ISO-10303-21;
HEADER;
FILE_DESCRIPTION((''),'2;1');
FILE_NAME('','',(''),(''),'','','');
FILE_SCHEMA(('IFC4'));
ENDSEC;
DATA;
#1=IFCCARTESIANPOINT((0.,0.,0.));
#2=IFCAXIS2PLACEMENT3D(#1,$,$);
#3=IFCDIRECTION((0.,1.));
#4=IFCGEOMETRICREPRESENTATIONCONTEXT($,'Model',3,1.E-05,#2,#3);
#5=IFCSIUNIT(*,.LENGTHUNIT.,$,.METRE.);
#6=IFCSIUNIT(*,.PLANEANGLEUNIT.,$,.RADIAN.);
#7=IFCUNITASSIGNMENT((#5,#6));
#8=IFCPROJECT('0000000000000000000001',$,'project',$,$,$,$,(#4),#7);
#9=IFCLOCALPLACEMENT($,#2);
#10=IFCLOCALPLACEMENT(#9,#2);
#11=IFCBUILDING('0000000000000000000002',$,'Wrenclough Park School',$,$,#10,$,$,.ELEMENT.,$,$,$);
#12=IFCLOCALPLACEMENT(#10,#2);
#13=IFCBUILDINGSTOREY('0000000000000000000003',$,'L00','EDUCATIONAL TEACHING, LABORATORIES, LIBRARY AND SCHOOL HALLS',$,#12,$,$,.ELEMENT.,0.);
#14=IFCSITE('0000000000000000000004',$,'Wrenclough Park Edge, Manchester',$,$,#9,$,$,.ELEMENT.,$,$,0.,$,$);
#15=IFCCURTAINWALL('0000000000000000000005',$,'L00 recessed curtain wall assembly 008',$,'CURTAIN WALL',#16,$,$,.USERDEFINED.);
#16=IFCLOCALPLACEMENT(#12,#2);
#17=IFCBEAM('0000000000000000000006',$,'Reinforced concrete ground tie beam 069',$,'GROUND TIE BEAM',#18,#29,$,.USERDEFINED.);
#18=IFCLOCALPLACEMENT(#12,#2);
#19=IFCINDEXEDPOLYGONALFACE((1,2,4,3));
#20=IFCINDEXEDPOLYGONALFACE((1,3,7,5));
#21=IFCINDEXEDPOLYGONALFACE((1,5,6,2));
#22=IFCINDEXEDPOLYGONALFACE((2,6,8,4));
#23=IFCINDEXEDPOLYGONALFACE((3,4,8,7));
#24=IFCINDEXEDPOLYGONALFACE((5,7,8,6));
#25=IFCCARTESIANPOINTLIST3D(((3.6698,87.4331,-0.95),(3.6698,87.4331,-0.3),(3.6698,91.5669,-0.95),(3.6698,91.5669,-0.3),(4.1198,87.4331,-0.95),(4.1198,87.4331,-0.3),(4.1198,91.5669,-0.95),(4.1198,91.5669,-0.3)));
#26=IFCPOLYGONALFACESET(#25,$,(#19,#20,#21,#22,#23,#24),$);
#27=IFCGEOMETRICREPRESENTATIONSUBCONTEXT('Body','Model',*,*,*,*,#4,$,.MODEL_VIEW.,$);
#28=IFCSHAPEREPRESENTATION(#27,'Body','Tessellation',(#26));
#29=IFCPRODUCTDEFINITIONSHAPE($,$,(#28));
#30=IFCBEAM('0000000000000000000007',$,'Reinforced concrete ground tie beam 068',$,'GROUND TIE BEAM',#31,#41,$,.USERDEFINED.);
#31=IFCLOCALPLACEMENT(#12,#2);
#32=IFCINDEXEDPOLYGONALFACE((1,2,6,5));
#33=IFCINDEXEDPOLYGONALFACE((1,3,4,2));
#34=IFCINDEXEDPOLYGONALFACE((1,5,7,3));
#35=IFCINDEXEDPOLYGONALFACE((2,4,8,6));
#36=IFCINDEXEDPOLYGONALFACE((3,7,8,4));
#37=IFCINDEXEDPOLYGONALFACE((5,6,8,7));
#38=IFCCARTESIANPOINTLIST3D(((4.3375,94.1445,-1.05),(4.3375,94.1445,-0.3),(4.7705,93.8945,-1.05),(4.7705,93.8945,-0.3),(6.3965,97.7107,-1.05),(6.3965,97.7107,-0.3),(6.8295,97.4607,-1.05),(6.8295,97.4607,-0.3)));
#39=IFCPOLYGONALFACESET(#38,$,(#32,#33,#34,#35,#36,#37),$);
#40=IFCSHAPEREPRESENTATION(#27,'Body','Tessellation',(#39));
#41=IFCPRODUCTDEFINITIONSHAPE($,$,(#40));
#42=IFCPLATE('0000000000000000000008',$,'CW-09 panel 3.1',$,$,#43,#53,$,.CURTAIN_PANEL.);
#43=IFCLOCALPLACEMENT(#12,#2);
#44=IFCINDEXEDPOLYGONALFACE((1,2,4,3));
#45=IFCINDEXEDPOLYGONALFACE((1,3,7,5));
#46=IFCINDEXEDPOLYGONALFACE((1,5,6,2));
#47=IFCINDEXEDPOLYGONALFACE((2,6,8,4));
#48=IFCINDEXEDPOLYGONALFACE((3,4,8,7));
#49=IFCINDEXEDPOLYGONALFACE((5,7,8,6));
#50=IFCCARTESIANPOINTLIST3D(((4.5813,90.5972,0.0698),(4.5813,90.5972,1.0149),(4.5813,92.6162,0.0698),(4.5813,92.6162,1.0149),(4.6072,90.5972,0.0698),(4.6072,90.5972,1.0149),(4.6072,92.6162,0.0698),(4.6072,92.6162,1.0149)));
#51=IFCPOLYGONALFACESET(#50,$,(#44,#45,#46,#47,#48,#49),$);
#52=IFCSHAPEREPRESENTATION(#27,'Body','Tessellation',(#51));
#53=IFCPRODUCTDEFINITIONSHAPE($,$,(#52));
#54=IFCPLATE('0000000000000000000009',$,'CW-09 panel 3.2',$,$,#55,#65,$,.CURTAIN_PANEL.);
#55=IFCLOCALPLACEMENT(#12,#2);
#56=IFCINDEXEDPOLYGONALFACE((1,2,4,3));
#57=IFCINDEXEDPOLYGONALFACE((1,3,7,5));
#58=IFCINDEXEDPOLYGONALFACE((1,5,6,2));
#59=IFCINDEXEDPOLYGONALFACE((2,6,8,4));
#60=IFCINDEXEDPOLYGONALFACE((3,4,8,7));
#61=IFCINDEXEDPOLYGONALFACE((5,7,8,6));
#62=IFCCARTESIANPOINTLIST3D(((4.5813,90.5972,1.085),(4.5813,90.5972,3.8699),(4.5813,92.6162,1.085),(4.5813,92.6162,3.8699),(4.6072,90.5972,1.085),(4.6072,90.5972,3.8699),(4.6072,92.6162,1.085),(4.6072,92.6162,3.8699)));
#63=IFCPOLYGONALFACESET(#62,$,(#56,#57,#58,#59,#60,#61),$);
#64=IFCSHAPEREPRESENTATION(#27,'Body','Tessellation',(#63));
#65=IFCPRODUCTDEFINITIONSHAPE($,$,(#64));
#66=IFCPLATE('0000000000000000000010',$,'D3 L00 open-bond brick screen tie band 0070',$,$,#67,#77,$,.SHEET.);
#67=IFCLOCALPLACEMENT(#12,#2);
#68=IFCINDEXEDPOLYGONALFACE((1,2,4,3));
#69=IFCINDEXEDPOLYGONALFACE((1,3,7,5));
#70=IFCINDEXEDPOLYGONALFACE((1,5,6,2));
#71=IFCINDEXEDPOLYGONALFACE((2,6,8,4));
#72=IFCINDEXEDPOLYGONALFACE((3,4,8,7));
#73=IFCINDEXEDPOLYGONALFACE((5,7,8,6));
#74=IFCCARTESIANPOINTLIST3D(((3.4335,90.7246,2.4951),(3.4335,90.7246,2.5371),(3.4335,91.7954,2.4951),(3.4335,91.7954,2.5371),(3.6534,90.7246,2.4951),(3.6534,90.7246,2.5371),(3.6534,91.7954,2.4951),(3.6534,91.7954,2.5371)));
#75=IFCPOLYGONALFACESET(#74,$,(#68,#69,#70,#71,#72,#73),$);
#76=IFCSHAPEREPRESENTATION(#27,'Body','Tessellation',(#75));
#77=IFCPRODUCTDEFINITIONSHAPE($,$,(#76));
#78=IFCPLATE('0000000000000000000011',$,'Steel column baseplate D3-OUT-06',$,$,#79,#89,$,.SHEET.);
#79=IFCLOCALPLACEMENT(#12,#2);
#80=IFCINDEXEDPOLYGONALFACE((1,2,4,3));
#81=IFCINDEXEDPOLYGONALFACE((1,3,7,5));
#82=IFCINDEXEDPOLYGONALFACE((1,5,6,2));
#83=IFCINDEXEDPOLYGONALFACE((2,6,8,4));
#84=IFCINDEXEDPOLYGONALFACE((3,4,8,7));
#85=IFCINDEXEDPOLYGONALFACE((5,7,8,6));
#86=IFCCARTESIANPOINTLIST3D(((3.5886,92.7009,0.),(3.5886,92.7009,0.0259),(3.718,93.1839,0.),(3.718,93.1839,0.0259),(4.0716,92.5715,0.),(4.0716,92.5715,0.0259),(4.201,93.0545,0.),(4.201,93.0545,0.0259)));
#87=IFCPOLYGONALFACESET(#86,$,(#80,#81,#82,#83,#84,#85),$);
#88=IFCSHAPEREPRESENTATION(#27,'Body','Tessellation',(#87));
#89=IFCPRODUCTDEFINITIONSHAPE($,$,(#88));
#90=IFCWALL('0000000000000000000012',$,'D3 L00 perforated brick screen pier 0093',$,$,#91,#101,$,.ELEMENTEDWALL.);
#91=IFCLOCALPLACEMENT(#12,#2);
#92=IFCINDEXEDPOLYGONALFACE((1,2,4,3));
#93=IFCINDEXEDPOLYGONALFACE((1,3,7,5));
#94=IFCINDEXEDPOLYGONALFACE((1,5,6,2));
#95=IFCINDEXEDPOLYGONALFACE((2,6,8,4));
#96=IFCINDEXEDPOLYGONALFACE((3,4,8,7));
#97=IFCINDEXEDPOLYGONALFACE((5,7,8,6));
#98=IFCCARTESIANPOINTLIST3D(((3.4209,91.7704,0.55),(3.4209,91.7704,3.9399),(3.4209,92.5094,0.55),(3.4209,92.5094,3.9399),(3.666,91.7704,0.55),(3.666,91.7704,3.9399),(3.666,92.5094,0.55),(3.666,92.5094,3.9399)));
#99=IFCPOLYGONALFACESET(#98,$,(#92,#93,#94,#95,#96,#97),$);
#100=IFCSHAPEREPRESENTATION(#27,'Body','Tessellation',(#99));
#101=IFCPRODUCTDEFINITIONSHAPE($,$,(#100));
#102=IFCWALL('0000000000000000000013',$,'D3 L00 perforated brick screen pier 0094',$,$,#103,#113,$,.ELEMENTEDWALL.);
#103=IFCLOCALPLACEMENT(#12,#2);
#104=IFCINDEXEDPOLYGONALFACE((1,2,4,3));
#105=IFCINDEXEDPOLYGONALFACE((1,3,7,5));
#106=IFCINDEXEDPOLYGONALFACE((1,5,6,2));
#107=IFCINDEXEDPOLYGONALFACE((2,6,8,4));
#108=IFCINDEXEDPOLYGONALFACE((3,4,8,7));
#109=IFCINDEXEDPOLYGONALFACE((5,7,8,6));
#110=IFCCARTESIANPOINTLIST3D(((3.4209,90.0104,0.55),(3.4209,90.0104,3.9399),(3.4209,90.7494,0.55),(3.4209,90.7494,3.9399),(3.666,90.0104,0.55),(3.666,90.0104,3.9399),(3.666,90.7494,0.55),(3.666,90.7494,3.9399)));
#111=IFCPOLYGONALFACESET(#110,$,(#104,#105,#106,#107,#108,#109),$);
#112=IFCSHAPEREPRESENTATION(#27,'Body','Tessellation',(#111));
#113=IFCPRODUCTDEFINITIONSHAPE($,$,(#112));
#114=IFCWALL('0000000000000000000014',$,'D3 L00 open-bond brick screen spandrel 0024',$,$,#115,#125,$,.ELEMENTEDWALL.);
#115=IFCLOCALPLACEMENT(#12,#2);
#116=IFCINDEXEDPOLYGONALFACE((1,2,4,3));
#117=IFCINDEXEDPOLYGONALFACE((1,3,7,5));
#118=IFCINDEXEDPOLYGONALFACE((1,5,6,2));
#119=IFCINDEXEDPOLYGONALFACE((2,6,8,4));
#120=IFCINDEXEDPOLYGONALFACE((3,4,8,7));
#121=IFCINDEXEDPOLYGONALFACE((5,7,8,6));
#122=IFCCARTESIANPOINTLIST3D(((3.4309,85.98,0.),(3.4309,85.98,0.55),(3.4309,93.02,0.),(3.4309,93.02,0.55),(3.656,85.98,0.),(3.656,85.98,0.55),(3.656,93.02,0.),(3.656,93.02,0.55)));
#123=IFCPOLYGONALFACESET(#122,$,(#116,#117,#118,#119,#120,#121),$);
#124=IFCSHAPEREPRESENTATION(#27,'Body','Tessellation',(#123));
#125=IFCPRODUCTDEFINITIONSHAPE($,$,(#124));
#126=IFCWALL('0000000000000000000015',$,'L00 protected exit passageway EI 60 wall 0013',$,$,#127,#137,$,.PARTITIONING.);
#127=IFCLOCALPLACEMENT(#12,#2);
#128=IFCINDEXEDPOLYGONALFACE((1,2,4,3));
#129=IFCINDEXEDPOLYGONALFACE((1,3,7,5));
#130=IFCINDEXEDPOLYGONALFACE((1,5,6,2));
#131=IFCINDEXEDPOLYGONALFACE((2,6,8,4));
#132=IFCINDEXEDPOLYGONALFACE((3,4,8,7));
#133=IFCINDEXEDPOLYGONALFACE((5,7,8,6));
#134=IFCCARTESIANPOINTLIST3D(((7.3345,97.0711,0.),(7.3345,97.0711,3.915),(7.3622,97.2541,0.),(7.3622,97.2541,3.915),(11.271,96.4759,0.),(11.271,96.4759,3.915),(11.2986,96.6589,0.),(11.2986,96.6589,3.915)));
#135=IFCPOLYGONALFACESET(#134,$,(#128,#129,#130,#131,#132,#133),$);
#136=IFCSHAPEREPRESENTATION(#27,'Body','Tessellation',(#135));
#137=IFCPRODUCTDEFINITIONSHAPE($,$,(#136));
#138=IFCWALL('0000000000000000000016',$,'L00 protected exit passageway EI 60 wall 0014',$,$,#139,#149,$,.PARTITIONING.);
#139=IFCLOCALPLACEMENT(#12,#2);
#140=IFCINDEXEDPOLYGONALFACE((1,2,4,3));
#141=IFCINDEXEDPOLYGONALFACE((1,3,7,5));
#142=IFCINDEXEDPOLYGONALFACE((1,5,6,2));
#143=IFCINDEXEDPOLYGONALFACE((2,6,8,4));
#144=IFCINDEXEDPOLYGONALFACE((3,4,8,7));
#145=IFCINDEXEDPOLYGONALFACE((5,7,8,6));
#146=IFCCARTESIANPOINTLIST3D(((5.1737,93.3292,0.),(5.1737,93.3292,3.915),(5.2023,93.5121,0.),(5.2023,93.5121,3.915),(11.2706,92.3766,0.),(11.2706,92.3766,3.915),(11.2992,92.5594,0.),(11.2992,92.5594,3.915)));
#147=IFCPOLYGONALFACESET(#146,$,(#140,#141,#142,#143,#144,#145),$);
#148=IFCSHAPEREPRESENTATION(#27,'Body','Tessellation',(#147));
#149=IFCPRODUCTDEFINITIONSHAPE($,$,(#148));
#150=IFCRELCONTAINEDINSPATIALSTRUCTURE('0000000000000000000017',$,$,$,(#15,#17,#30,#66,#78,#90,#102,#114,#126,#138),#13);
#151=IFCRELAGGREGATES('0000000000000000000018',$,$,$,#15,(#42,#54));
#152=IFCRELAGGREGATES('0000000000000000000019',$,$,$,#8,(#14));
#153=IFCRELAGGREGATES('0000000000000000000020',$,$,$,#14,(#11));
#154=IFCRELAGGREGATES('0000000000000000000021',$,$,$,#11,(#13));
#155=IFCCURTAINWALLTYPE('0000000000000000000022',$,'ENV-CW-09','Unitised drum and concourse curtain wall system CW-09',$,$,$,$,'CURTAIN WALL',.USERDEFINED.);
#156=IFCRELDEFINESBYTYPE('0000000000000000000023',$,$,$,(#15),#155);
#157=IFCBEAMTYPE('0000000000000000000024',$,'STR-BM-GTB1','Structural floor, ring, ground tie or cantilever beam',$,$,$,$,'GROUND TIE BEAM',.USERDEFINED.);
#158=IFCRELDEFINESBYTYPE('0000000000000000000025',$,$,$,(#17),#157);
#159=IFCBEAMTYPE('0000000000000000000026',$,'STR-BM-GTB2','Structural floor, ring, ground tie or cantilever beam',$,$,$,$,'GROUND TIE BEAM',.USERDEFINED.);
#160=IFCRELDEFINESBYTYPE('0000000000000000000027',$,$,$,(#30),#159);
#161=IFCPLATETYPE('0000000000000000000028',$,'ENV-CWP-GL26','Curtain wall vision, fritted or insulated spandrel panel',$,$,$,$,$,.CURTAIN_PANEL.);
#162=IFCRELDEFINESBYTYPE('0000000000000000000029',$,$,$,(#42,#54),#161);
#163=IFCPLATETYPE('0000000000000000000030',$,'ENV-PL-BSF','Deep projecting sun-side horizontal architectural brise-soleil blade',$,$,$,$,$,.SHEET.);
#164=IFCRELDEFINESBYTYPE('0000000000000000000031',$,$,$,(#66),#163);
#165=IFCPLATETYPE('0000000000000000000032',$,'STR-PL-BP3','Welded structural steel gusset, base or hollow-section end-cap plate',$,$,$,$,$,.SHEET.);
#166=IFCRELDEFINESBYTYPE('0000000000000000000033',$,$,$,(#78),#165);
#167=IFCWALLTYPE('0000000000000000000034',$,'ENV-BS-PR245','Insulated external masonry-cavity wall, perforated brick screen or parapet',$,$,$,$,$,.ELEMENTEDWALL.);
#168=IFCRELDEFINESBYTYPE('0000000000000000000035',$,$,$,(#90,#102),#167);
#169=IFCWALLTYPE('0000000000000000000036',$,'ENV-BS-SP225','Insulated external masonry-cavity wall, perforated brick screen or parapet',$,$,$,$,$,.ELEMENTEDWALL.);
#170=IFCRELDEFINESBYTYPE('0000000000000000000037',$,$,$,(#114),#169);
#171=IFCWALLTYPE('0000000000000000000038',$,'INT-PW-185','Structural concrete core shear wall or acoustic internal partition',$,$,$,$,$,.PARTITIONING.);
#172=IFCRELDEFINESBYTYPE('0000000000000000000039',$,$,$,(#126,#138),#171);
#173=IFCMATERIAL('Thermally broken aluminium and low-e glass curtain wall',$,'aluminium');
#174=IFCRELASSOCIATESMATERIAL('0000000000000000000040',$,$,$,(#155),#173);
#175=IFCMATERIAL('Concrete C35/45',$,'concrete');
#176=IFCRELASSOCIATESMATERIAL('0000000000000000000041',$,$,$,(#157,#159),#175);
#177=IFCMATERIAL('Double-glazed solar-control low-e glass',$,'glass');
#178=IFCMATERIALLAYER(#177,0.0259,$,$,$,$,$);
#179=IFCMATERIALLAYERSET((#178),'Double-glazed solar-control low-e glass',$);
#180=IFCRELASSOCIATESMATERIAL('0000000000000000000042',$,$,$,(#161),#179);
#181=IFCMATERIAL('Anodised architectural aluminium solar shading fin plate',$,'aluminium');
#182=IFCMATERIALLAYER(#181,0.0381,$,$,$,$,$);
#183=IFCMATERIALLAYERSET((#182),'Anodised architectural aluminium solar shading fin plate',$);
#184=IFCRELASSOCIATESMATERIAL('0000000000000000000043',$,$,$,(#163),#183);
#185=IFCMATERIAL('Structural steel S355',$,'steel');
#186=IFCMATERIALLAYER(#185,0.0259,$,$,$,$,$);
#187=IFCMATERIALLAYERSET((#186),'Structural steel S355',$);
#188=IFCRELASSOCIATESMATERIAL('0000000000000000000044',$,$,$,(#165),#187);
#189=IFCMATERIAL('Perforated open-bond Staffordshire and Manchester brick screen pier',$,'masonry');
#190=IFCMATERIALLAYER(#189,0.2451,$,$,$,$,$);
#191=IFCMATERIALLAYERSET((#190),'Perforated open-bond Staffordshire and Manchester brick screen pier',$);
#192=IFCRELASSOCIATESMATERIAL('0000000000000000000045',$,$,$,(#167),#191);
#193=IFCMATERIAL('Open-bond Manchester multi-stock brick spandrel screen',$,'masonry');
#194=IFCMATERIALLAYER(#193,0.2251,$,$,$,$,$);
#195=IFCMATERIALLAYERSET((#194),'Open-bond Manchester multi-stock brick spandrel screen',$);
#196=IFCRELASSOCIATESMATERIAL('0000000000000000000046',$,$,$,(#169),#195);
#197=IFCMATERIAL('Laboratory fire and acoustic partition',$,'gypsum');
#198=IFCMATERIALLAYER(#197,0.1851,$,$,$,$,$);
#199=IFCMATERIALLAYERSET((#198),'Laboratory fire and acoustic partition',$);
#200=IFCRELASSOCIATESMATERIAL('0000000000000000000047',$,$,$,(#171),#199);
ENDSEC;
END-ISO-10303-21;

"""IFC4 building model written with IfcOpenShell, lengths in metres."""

from ifc_helpers import new_model, si_unit, direction, frame, frame_2d, origin, origin_2d, place, context, subcontext, project, spatial, rectangle, extrude, material, layer, layer_set, material_profile, profile_set, type_object, element, aggregate, save


model = new_model("IFC4")

# Units and contexts
model_context = context("Model", 3, precision=1e-05, world=origin(), true_north=direction((0.0, 1.0)))
body_context = subcontext(model_context, "Body", "Model", "MODEL_VIEW")
ifc_project = project(units=[si_unit("LENGTHUNIT", "METRE"), si_unit("PLANEANGLEUNIT", "RADIAN")], contexts=[model_context])

# Site, building, storey
site_placement = place(None, origin())
site = spatial("IfcSite", under=ifc_project, at=site_placement, Name="Wrenclough Park Edge, Manchester", CompositionType="ELEMENT", RefElevation=0.0)
building_placement = place(site_placement, origin())
building = spatial("IfcBuilding", under=site, at=building_placement, Name="Wrenclough Park School", CompositionType="ELEMENT")
storey_placement = place(building_placement, origin())
storey = spatial("IfcBuildingStorey", under=building, at=storey_placement, Name="L00", Description="EDUCATIONAL TEACHING, LABORATORIES, LIBRARY AND SCHOOL HALLS", CompositionType="ELEMENT", Elevation=0.0)

# Shared definitions
ifc_material_1 = material(Name="Concrete C35/45", Category="concrete")

# Shared definitions
ifc_material_2 = material(Name="Structural steel S355", Category="steel")

# Curtain wall
ifc_material_3 = material(Name="Thermally broken aluminium and low-e glass curtain wall", Category="aluminium")
curtain_wall_type_1 = type_object("IfcCurtainWallType", Name="ENV-CW-09", Description="Unitised drum and concourse curtain wall system CW-09", ElementType="CURTAIN WALL", PredefinedType="USERDEFINED", material=ifc_material_3)
curtain_wall_1_placement = place(storey_placement, origin())
curtain_wall_1 = element("IfcCurtainWall", 1, at=curtain_wall_1_placement, inside=storey, type_object=curtain_wall_type_1, Name="L00 recessed curtain wall assembly 008", ObjectType="CURTAIN WALL", PredefinedType="USERDEFINED")

# Beams
ifc_material_profile_1 = material_profile(ifc_material_1, rectangle(XDim=0.45, YDim=0.6499, at=origin_2d()), Name="RC GROUND 450x650")
ifc_profile_set_1 = profile_set([ifc_material_profile_1], Name="Concrete C35/45")
beam_type_1 = type_object("IfcBeamType", Name="STR-BM-GTB1", Description="Structural floor, ring, ground tie or cantilever beam", ElementType="GROUND TIE BEAM", PredefinedType="USERDEFINED", material=ifc_profile_set_1)
beam_1_placement = place(storey_placement, frame((3.8948, 91.5669, -0.625), z_axis=(0.0, -1.0, 0.0), x_axis=(1.0, 0.0, 0.0)))
element("IfcBeam", 2, at=beam_1_placement, inside=storey, type_object=beam_type_1, Name="Reinforced concrete ground tie beam 069", ObjectType="GROUND TIE BEAM", PredefinedType="USERDEFINED", context=body_context, shape_type="SweptSolid", body=[
    extrude(rectangle(XDim=0.45, YDim=0.6499, at=origin_2d()), origin(), (0.0, 0.0, 1.0), 4.1338),
])
ifc_material_profile_2 = material_profile(ifc_material_1, rectangle(XDim=0.5, YDim=0.75, at=origin_2d()), Name="RC GROUND 500x750")
ifc_profile_set_2 = profile_set([ifc_material_profile_2], Name="Concrete C35/45")
beam_type_2 = type_object("IfcBeamType", Name="STR-BM-GTB2", Description="Structural floor, ring, ground tie or cantilever beam", ElementType="GROUND TIE BEAM", PredefinedType="USERDEFINED", material=ifc_profile_set_2)
beam_2_placement = place(storey_placement, frame((6.613, 97.5857, -0.675), z_axis=(-0.500029, -0.866009, 0.0), x_axis=(0.866009, -0.500029, 0.0)))
element("IfcBeam", 3, at=beam_2_placement, inside=storey, type_object=beam_type_2, Name="Reinforced concrete ground tie beam 068", ObjectType="GROUND TIE BEAM", PredefinedType="USERDEFINED", context=body_context, shape_type="SweptSolid", body=[
    extrude(rectangle(XDim=0.5, YDim=0.75, at=origin_2d()), origin(), (0.0, 0.0, 1.0), 4.1179),
])

# Plates
ifc_material_4 = material(Name="Double-glazed solar-control low-e glass", Category="glass")
ifc_layer_1 = layer(ifc_material_4, 0.0259)
ifc_layer_set_1 = layer_set([ifc_layer_1], Name="Double-glazed solar-control low-e glass")
plate_type_1 = type_object("IfcPlateType", Name="ENV-CWP-GL26", Description="Curtain wall vision, fritted or insulated spandrel panel", PredefinedType="CURTAIN_PANEL", material=ifc_layer_set_1)
plate_1_placement = place(storey_placement, frame((4.5942, 91.6067, 0.0698), z_axis=(0.0, 0.0, 1.0), x_axis=(0.0, 1.0, 0.0)))
plate_1 = element("IfcPlate", 4, at=plate_1_placement, type_object=plate_type_1, Name="CW-09 panel 3.1", PredefinedType="CURTAIN_PANEL", context=body_context, shape_type="SweptSolid", body=[
    extrude(rectangle(XDim=2.019, YDim=0.0259, at=origin_2d()), origin(), (0.0, 0.0, 1.0), 0.9451),
])
plate_2_placement = place(storey_placement, frame((4.5942, 91.6067, 1.085), z_axis=(0.0, 0.0, 1.0), x_axis=(0.0, 1.0, 0.0)))
plate_2 = element("IfcPlate", 5, at=plate_2_placement, type_object=plate_type_1, Name="CW-09 panel 3.2", PredefinedType="CURTAIN_PANEL", context=body_context, shape_type="SweptSolid", body=[
    extrude(rectangle(XDim=2.019, YDim=0.0259, at=origin_2d()), origin(), (0.0, 0.0, 1.0), 2.7849),
])
aggregate(curtain_wall_1, [plate_1, plate_2])

# Plates
ifc_material_5 = material(Name="Anodised architectural aluminium solar shading fin plate", Category="aluminium")
ifc_layer_2 = layer(ifc_material_5, 0.0381)
ifc_layer_set_2 = layer_set([ifc_layer_2], Name="Anodised architectural aluminium solar shading fin plate")
plate_type_2 = type_object("IfcPlateType", Name="ENV-PL-BSF", Description="Deep projecting sun-side horizontal architectural brise-soleil blade", PredefinedType="SHEET", material=ifc_layer_set_2)
plate_3_placement = place(storey_placement, frame((3.5435, 91.26, 2.4951), z_axis=(0.0, 0.0, 1.0), x_axis=(0.0, -1.0, 0.0)))
element("IfcPlate", 6, at=plate_3_placement, inside=storey, type_object=plate_type_2, Name="D3 L00 open-bond brick screen tie band 0070", PredefinedType="SHEET", context=body_context, shape_type="SweptSolid", body=[
    extrude(rectangle(XDim=1.0708, YDim=0.22, at=origin_2d()), origin(), (0.0, 0.0, 1.0), 0.042),
])
ifc_layer_3 = layer(ifc_material_2, 0.0259)
ifc_layer_set_3 = layer_set([ifc_layer_3], Name="Structural steel S355")
plate_type_3 = type_object("IfcPlateType", Name="STR-PL-BP3", Description="Welded structural steel gusset, base or hollow-section end-cap plate", PredefinedType="SHEET", material=ifc_layer_set_3)
plate_4_placement = place(storey_placement, frame((3.8948, 92.8777, 0.0), z_axis=(0.0, 0.0, 1.0), x_axis=(-0.258819, -0.965926, 0.0)))
element("IfcPlate", 7, at=plate_4_placement, inside=storey, type_object=plate_type_3, Name="Steel column baseplate D3-OUT-06", PredefinedType="SHEET", context=body_context, shape_type="SweptSolid", body=[
    extrude(rectangle(XDim=0.5, YDim=0.5, at=origin_2d()), origin(), (0.0, 0.0, 1.0), 0.0259),
])

# Walls
ifc_material_6 = material(Name="Perforated open-bond Staffordshire and Manchester brick screen pier", Category="masonry")
ifc_layer_4 = layer(ifc_material_6, 0.2451)
ifc_layer_set_4 = layer_set([ifc_layer_4], Name="Perforated open-bond Staffordshire and Manchester brick screen pier")
wall_type_1 = type_object("IfcWallType", Name="ENV-BS-PR245", Description="Insulated external masonry-cavity wall, perforated brick screen or parapet", PredefinedType="ELEMENTEDWALL", material=ifc_layer_set_4)
for number, where, z_axis, x_axis, name in (
    (8, (3.5435, 92.5095, 0.55), (0.0, 0.0, 1.0), (0.0, -1.0, 0.0), "D3 L00 perforated brick screen pier 0093"),
    (9, (3.5435, 90.7495, 0.55), (0.0, 0.0, 1.0), (0.0, -1.0, 0.0), "D3 L00 perforated brick screen pier 0094"),
):
    element("IfcWall", number, at=place(storey_placement, frame(where, z_axis=z_axis, x_axis=x_axis)), inside=storey, type_object=wall_type_1, Name=name, PredefinedType="ELEMENTEDWALL", context=body_context, shape_type="SweptSolid", body=[
        extrude(rectangle(XDim=0.739, YDim=0.2451, at=frame_2d((0.3696, 0.0))), origin(), (0.0, 0.0, 1.0), 3.3899),
    ])
ifc_material_7 = material(Name="Open-bond Manchester multi-stock brick spandrel screen", Category="masonry")
ifc_layer_5 = layer(ifc_material_7, 0.2251)
ifc_layer_set_5 = layer_set([ifc_layer_5], Name="Open-bond Manchester multi-stock brick spandrel screen")
wall_type_2 = type_object("IfcWallType", Name="ENV-BS-SP225", Description="Insulated external masonry-cavity wall, perforated brick screen or parapet", PredefinedType="ELEMENTEDWALL", material=ifc_layer_set_5)
wall_1_placement = place(storey_placement, frame((3.5435, 93.02, 0.0), z_axis=(0.0, 0.0, 1.0), x_axis=(0.0, -1.0, 0.0)))
element("IfcWall", 10, at=wall_1_placement, inside=storey, type_object=wall_type_2, Name="D3 L00 open-bond brick screen spandrel 0024", PredefinedType="ELEMENTEDWALL", context=body_context, shape_type="SweptSolid", body=[
    extrude(rectangle(XDim=7.04, YDim=0.2251, at=frame_2d((3.52, 0.0))), origin(), (0.0, 0.0, 1.0), 0.55),
])

# Walls
ifc_material_8 = material(Name="Laboratory fire and acoustic partition", Category="gypsum")
ifc_layer_6 = layer(ifc_material_8, 0.1851)
ifc_layer_set_6 = layer_set([ifc_layer_6], Name="Laboratory fire and acoustic partition")
wall_type_3 = type_object("IfcWallType", Name="INT-PW-185", Description="Structural concrete core shear wall or acoustic internal partition", PredefinedType="PARTITIONING", material=ifc_layer_set_6)
wall_2_placement = place(storey_placement, frame((11.2849, 96.5674, 0.0), z_axis=(0.0, 0.0, 1.0), x_axis=(-0.988761, 0.149504, 0.0)))
element("IfcWall", 11, at=wall_2_placement, inside=storey, type_object=wall_type_3, Name="L00 protected exit passageway EI 60 wall 0013", PredefinedType="PARTITIONING", context=body_context, shape_type="SweptSolid", body=[
    extrude(rectangle(XDim=3.9812, YDim=0.1851, at=frame_2d((1.9907, 0.0))), origin(), (0.0, 0.0, 1.0), 3.915),
])
wall_3_placement = place(storey_placement, frame((5.188, 93.4207, 0.0), z_axis=(0.0, 0.0, 1.0), x_axis=(0.988012, -0.154376, 0.0)))
element("IfcWall", 12, at=wall_3_placement, inside=storey, type_object=wall_type_3, Name="L00 protected exit passageway EI 60 wall 0014", PredefinedType="PARTITIONING", context=body_context, shape_type="SweptSolid", body=[
    extrude(rectangle(XDim=6.1709, YDim=0.1851, at=frame_2d((3.0854, 0.0))), origin(), (0.0, 0.0, 1.0), 3.915),
])

save(model, "model.ifc")
